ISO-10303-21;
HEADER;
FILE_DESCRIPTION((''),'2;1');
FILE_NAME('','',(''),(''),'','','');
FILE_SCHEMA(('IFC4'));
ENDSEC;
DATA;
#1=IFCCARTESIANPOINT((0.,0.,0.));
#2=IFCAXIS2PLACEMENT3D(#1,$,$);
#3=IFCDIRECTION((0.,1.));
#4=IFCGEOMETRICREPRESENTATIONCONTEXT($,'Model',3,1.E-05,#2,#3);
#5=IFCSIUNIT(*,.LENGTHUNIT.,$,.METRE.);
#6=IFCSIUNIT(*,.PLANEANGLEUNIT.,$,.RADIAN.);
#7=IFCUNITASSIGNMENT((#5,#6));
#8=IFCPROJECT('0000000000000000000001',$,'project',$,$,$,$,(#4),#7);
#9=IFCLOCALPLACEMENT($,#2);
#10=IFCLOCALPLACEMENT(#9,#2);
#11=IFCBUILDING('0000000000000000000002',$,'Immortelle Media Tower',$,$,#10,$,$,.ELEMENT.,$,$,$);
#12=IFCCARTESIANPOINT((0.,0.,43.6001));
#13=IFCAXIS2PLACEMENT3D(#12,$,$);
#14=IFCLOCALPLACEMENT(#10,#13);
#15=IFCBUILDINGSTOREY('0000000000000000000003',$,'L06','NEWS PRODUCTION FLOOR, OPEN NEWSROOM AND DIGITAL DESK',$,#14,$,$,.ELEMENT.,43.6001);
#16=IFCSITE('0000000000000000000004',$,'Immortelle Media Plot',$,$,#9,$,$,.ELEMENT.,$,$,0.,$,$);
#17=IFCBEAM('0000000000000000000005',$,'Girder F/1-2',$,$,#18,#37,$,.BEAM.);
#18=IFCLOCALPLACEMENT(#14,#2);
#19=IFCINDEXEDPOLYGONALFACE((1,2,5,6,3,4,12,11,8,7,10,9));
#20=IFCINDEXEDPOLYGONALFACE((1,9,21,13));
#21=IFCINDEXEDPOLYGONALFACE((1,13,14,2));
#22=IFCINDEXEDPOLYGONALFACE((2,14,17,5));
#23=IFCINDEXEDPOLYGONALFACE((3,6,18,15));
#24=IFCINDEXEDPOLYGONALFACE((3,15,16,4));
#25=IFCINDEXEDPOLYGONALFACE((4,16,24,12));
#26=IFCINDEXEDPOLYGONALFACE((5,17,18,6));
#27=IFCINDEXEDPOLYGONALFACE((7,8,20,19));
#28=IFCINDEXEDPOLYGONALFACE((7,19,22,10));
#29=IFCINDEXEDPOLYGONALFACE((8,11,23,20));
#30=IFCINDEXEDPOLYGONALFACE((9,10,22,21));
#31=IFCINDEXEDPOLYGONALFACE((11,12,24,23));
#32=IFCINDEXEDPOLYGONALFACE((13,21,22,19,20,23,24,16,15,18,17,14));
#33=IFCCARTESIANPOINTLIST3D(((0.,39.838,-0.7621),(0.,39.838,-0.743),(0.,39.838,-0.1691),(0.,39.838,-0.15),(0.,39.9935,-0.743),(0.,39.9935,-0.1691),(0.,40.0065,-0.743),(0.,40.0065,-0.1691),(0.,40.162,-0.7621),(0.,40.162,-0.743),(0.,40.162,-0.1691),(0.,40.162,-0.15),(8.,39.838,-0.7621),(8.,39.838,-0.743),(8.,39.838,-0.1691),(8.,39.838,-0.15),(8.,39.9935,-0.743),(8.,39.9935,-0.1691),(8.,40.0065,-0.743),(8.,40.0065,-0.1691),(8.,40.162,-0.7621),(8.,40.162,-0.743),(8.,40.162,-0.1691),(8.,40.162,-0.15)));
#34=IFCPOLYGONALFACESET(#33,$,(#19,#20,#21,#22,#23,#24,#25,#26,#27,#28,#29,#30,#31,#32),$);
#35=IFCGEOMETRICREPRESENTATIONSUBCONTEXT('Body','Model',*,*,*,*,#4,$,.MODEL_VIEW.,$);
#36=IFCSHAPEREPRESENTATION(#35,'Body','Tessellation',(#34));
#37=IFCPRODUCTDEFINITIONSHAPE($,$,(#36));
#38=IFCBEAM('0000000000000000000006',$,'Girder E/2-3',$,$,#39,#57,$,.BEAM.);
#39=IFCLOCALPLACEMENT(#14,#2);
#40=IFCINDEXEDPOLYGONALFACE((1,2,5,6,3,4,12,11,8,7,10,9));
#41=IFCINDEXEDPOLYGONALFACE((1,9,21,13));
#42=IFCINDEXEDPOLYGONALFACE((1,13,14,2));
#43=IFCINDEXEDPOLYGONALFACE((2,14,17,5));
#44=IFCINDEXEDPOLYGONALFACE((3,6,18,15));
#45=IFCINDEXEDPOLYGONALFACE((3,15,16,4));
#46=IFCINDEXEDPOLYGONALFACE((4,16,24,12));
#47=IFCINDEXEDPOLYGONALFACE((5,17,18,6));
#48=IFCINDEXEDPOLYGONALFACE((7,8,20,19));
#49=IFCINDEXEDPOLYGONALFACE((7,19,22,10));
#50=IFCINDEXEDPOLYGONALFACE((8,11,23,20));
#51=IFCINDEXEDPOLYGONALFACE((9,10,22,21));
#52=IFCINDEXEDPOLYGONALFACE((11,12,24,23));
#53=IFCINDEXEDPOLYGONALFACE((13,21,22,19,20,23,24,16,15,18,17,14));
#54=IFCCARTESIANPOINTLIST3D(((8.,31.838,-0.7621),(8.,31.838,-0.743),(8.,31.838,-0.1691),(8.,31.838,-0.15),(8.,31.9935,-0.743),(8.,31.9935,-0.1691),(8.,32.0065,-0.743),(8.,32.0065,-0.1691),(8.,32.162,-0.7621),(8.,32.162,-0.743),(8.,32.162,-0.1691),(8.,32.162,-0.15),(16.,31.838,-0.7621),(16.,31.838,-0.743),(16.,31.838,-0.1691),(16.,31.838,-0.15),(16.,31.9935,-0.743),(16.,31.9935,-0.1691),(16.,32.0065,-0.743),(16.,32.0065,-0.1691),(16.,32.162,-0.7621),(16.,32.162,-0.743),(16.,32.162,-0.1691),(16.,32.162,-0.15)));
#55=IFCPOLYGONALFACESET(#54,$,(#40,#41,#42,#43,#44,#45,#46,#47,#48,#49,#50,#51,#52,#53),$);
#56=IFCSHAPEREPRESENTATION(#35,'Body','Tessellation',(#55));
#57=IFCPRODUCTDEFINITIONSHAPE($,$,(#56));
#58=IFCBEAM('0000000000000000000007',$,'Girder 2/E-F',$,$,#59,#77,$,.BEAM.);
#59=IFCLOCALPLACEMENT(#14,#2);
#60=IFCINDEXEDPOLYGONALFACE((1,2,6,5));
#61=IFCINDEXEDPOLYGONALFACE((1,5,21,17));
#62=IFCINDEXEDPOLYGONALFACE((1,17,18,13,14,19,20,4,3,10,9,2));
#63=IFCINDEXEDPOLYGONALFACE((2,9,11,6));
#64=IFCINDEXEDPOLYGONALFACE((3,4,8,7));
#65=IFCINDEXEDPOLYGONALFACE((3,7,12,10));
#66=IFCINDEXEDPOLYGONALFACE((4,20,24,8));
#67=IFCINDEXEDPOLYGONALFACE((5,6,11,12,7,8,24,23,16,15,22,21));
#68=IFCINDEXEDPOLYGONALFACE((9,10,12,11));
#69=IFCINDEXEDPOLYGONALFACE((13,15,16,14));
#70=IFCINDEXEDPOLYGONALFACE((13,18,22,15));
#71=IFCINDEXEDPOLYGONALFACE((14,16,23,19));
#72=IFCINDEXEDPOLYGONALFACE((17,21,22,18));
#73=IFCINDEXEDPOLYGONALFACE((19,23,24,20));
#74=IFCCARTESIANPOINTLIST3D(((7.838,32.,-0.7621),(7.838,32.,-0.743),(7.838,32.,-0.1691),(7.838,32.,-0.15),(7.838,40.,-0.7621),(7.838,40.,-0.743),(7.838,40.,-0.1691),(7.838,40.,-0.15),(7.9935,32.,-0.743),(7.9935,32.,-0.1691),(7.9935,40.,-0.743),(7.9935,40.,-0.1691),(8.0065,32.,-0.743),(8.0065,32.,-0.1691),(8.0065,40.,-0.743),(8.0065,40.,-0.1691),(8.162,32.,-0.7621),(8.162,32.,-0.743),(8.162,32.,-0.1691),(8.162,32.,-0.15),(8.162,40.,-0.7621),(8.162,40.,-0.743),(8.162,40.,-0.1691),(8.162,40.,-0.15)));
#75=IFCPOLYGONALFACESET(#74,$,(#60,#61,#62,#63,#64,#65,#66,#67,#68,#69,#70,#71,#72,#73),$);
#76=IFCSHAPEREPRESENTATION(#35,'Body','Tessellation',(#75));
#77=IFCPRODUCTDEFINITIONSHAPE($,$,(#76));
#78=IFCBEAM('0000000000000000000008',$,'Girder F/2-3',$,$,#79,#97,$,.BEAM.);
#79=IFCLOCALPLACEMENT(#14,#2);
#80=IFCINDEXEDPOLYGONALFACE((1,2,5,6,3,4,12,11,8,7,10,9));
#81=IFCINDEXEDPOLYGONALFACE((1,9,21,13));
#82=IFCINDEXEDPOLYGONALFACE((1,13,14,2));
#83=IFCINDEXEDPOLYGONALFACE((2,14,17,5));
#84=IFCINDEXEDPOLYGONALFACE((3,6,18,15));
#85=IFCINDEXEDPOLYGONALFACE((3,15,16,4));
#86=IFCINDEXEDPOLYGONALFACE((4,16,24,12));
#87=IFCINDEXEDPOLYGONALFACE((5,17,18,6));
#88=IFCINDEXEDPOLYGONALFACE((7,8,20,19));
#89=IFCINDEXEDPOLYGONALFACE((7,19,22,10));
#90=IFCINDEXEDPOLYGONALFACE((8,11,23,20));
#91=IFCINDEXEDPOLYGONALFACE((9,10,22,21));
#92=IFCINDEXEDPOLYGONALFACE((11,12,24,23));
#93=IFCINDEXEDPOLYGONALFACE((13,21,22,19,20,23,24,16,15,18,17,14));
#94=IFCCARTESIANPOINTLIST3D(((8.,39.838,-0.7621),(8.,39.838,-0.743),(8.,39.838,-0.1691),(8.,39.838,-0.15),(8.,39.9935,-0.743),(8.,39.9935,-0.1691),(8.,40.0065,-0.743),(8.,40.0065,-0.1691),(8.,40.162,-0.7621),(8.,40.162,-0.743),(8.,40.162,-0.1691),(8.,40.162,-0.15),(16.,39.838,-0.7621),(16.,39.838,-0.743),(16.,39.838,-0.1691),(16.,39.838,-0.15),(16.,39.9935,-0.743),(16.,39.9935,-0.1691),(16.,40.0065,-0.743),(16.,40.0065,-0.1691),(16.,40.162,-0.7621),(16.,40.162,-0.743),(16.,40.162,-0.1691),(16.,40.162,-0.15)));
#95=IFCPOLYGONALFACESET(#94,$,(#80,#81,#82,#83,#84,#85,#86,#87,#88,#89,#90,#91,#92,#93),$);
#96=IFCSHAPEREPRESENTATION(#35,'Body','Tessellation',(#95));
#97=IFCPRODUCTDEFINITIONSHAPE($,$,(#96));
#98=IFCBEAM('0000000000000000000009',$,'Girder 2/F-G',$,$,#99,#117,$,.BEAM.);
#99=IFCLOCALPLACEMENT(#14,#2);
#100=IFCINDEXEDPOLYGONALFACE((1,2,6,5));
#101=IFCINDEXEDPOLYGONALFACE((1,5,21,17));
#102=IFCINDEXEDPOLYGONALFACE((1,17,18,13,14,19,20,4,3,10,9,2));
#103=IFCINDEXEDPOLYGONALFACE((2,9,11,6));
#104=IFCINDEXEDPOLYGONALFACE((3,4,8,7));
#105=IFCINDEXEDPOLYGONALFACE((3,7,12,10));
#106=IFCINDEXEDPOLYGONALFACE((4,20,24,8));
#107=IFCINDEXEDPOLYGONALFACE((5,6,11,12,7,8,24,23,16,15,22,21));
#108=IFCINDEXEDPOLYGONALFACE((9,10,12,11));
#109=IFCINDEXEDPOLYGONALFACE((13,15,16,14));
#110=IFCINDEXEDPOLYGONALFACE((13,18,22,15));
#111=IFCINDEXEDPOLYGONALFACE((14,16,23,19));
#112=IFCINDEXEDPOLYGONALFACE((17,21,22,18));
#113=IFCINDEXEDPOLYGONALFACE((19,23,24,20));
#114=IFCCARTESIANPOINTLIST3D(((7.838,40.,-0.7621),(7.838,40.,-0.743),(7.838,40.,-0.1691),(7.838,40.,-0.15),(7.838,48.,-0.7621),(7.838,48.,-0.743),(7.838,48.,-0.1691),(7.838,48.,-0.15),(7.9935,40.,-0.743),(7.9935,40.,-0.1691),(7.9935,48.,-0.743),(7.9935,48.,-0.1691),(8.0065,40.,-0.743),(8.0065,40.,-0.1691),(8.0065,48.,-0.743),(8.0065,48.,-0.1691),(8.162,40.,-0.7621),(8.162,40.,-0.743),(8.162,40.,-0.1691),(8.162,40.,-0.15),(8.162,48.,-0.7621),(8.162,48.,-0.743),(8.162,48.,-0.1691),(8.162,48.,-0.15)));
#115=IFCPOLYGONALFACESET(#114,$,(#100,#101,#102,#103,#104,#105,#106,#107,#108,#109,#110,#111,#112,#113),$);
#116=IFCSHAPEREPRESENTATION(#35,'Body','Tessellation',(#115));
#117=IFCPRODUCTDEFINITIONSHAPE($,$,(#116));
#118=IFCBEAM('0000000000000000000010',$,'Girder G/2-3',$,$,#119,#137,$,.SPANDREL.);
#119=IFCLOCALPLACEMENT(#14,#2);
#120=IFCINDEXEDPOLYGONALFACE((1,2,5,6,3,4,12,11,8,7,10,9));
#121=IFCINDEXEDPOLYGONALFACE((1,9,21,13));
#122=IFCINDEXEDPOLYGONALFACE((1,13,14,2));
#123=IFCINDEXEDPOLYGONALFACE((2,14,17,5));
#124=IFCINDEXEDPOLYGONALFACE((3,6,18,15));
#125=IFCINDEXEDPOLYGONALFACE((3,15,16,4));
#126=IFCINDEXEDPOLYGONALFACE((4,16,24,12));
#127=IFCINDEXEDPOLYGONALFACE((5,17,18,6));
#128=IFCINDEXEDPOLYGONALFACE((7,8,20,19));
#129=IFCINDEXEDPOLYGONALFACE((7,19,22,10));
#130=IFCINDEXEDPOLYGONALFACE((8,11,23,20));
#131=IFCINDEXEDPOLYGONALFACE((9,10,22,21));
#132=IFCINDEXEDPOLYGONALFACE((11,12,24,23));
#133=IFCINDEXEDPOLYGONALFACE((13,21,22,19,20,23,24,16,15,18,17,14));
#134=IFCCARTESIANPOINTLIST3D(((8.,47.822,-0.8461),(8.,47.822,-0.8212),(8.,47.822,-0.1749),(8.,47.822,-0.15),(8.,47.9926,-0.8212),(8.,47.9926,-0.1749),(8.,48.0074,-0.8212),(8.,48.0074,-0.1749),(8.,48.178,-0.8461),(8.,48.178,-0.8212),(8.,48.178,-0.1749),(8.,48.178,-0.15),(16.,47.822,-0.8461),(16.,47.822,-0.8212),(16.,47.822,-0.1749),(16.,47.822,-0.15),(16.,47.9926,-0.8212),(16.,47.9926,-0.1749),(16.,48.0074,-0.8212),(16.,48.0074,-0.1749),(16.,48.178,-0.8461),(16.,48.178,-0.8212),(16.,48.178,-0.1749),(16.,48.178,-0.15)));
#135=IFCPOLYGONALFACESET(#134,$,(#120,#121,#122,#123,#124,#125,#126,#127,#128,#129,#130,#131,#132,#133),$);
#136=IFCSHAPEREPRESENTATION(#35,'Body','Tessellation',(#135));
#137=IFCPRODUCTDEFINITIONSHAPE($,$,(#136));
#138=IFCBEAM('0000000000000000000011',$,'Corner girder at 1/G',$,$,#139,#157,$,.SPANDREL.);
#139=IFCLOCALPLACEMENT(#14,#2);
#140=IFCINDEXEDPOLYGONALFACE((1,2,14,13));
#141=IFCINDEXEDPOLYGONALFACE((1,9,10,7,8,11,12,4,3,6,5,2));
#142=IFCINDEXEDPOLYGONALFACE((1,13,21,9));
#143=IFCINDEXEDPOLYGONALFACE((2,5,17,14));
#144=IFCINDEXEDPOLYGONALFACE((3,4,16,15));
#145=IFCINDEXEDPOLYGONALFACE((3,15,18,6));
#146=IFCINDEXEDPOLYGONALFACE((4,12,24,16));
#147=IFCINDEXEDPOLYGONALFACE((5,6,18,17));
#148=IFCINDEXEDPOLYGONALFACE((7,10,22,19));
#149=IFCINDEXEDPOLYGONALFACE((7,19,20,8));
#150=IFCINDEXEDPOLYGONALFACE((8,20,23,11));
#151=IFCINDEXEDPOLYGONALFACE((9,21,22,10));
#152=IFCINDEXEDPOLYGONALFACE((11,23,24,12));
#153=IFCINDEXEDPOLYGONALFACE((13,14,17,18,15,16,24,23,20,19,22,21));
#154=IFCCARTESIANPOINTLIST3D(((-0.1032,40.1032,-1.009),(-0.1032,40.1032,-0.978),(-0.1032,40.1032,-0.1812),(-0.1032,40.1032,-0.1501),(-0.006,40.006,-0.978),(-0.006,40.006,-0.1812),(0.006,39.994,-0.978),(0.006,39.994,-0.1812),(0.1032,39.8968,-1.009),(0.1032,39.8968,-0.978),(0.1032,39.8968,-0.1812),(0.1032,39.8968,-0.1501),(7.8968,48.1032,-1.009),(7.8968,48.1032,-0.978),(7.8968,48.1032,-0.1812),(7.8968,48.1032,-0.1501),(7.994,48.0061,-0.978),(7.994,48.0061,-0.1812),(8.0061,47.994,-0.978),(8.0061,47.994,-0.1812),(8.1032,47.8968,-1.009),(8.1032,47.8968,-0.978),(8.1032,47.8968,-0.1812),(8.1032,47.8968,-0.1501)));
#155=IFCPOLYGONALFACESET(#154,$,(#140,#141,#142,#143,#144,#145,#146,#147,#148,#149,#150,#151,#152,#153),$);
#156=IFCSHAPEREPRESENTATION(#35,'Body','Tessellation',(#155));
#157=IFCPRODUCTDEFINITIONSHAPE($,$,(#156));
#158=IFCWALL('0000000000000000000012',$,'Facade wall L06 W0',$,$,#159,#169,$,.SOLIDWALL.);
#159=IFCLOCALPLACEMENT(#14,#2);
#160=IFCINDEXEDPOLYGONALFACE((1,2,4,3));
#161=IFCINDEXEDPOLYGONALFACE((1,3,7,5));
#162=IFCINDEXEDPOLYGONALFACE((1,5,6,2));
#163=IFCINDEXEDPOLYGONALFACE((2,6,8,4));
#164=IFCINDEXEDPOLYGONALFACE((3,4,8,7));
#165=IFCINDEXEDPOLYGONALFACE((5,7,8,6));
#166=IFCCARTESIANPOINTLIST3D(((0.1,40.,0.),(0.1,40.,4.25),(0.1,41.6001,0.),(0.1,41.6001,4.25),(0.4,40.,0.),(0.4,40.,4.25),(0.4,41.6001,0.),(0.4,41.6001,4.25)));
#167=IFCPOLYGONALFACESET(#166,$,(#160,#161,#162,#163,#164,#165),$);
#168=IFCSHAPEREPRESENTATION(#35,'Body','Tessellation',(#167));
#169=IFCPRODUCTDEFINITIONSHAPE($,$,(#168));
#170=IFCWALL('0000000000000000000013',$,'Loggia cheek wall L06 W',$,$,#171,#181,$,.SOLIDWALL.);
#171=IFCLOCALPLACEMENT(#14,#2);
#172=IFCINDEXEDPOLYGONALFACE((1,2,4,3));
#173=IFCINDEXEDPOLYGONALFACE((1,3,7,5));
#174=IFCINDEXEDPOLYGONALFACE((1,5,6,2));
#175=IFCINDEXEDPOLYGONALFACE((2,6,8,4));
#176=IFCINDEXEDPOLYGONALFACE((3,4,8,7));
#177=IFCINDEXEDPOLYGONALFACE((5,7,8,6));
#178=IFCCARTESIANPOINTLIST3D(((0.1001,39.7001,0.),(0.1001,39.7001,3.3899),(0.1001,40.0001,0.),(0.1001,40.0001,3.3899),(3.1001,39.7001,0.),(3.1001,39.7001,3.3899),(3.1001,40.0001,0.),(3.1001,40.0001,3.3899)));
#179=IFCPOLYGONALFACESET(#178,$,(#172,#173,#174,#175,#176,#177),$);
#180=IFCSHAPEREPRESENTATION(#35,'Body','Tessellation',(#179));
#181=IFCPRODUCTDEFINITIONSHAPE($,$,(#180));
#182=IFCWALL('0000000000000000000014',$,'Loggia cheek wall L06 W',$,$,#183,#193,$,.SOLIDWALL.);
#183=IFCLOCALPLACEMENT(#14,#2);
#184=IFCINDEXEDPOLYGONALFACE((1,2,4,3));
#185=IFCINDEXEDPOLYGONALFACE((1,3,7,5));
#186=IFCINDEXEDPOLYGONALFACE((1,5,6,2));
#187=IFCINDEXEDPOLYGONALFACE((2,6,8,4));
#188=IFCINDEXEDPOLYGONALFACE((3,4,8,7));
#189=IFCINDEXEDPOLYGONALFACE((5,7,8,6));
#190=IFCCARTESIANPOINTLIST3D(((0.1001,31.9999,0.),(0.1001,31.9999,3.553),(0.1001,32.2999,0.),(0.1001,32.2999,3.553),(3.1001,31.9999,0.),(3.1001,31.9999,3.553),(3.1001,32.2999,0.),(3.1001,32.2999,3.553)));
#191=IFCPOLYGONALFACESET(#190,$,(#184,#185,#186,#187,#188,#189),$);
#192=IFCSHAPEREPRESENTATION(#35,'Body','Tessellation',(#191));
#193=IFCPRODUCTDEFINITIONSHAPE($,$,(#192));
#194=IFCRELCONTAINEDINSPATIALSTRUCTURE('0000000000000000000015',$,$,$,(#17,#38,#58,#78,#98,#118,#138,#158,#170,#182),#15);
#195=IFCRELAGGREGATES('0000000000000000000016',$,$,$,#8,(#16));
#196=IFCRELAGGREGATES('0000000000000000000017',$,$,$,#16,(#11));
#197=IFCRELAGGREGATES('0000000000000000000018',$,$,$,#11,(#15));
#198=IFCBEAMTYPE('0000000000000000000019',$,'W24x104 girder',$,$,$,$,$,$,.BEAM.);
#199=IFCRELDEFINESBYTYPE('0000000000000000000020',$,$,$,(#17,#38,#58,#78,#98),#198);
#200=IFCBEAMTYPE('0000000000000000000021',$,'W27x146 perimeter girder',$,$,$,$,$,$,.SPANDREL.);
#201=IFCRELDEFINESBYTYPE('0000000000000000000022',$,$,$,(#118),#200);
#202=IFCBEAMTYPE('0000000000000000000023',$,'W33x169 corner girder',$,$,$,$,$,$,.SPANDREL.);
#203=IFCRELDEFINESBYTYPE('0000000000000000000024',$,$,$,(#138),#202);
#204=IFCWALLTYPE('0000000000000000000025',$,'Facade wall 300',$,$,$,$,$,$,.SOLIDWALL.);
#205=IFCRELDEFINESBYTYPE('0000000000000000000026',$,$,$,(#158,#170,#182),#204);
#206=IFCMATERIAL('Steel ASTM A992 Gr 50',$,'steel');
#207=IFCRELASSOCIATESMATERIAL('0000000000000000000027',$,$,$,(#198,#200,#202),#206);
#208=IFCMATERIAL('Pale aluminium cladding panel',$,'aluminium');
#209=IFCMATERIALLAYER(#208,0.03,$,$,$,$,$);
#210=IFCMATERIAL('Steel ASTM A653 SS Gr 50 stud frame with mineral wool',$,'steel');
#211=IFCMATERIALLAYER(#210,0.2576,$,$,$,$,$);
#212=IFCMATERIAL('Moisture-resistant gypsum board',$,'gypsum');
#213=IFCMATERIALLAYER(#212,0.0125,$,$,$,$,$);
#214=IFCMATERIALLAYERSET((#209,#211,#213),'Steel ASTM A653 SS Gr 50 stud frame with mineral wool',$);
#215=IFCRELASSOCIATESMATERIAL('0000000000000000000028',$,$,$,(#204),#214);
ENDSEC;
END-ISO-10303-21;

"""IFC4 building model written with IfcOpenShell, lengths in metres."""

from ifc_helpers import new_model, si_unit, direction, frame, frame_2d, origin, origin_2d, place, context, subcontext, project, spatial, rectangle, i_section, extrude, material, layer, layer_set, material_profile, profile_set, type_object, element, save


model = new_model("IFC4")

# Units and contexts
model_context = context("Model", 3, precision=1e-05, world=origin(), true_north=direction((0.0, 1.0)))
body_context = subcontext(model_context, "Body", "Model", "MODEL_VIEW")
ifc_project = project(units=[si_unit("LENGTHUNIT", "METRE"), si_unit("PLANEANGLEUNIT", "RADIAN")], contexts=[model_context])

# Site, building, storey
site_placement = place(None, origin())
site = spatial("IfcSite", under=ifc_project, at=site_placement, Name="Immortelle Media Plot", CompositionType="ELEMENT", RefElevation=0.0)
building_placement = place(site_placement, origin())
building = spatial("IfcBuilding", under=site, at=building_placement, Name="Immortelle Media Tower", CompositionType="ELEMENT")
storey_placement = place(building_placement, frame((0.0, 0.0, 43.6001)))
storey = spatial("IfcBuildingStorey", under=building, at=storey_placement, Name="L06", Description="NEWS PRODUCTION FLOOR, OPEN NEWSROOM AND DIGITAL DESK", CompositionType="ELEMENT", Elevation=43.6001)

# Shared definitions
ifc_material_1 = material(Name="Steel ASTM A992 Gr 50", Category="steel")

# Beams
ifc_material_profile_1 = material_profile(ifc_material_1, i_section(OverallWidth=0.324, OverallDepth=0.6121, WebThickness=0.0129, FlangeThickness=0.019, at=origin_2d()), Name="W24x104")
ifc_profile_set_1 = profile_set([ifc_material_profile_1], Name="Steel ASTM A992 Gr 50")
beam_type_1 = type_object("IfcBeamType", Name="W24x104 girder", PredefinedType="BEAM", material=ifc_profile_set_1)
for number, where, z_axis, x_axis, name in (
    (1, (0.0, 40.0, -0.4561), (1.0, 0.0, 0.0), (0.0, 1.0, 0.0), "Girder F/1-2"),
    (2, (8.0, 32.0, -0.4561), (1.0, 0.0, 0.0), (0.0, 1.0, 0.0), "Girder E/2-3"),
    (3, (8.0, 32.0, -0.4561), (0.0, 1.0, 0.0), (-1.0, 0.0, 0.0), "Girder 2/E-F"),
    (4, (8.0, 40.0, -0.4561), (1.0, 0.0, 0.0), (0.0, 1.0, 0.0), "Girder F/2-3"),
    (5, (8.0, 40.0, -0.4561), (0.0, 1.0, 0.0), (-1.0, 0.0, 0.0), "Girder 2/F-G"),
):
    element("IfcBeam", number, at=place(storey_placement, frame(where, z_axis=z_axis, x_axis=x_axis)), inside=storey, type_object=beam_type_1, Name=name, PredefinedType="BEAM", context=body_context, shape_type="SweptSolid", body=[
        extrude(i_section(OverallWidth=0.324, OverallDepth=0.6121, WebThickness=0.0129, FlangeThickness=0.019, at=origin_2d()), origin(), (0.0, 0.0, 1.0), 8.0),
    ])
ifc_material_profile_2 = material_profile(ifc_material_1, i_section(OverallWidth=0.356, OverallDepth=0.696, WebThickness=0.0149, FlangeThickness=0.0249, at=origin_2d()), Name="W27x146")
ifc_profile_set_2 = profile_set([ifc_material_profile_2], Name="Steel ASTM A992 Gr 50")
beam_type_2 = type_object("IfcBeamType", Name="W27x146 perimeter girder", PredefinedType="SPANDREL", material=ifc_profile_set_2)
beam_1_placement = place(storey_placement, frame((8.0, 48.0, -0.498), z_axis=(1.0, 0.0, 0.0), x_axis=(0.0, 1.0, 0.0)))
element("IfcBeam", 6, at=beam_1_placement, inside=storey, type_object=beam_type_2, Name="Girder G/2-3", PredefinedType="SPANDREL", context=body_context, shape_type="SweptSolid", body=[
    extrude(i_section(OverallWidth=0.356, OverallDepth=0.696, WebThickness=0.0149, FlangeThickness=0.0249, at=origin_2d()), origin(), (0.0, 0.0, 1.0), 8.0),
])
ifc_material_profile_3 = material_profile(ifc_material_1, i_section(OverallWidth=0.292, OverallDepth=0.8589, WebThickness=0.0171, FlangeThickness=0.031, at=origin_2d()), Name="W33x169")
ifc_profile_set_3 = profile_set([ifc_material_profile_3], Name="Steel ASTM A992 Gr 50")
beam_type_3 = type_object("IfcBeamType", Name="W33x169 corner girder", PredefinedType="SPANDREL", material=ifc_profile_set_3)
beam_2_placement = place(storey_placement, frame((0.0, 40.0, -0.5796), z_axis=(0.707107, 0.707107, 0.0), x_axis=(-0.707107, 0.707107, 0.0)))
element("IfcBeam", 7, at=beam_2_placement, inside=storey, type_object=beam_type_3, Name="Corner girder at 1/G", PredefinedType="SPANDREL", context=body_context, shape_type="SweptSolid", body=[
    extrude(i_section(OverallWidth=0.292, OverallDepth=0.8589, WebThickness=0.0171, FlangeThickness=0.031, at=origin_2d()), origin(), (0.0, 0.0, 1.0), 11.3137),
])

# Wall
ifc_material_2 = material(Name="Pale aluminium cladding panel", Category="aluminium")
ifc_layer_1 = layer(ifc_material_2, 0.03)
ifc_material_3 = material(Name="Steel ASTM A653 SS Gr 50 stud frame with mineral wool", Category="steel")
ifc_layer_2 = layer(ifc_material_3, 0.2576)
ifc_material_4 = material(Name="Moisture-resistant gypsum board", Category="gypsum")
ifc_layer_3 = layer(ifc_material_4, 0.0125)
ifc_layer_set_1 = layer_set([ifc_layer_1, ifc_layer_2, ifc_layer_3], Name="Steel ASTM A653 SS Gr 50 stud frame with mineral wool")
wall_type_1 = type_object("IfcWallType", Name="Facade wall 300", PredefinedType="SOLIDWALL", material=ifc_layer_set_1)
wall_1_placement = place(storey_placement, frame((0.25, 41.6001, 0.0), z_axis=(0.0, 0.0, 1.0), x_axis=(0.0, -1.0, 0.0)))
element("IfcWall", 8, at=wall_1_placement, inside=storey, type_object=wall_type_1, Name="Facade wall L06 W0", PredefinedType="SOLIDWALL", context=body_context, shape_type="SweptSolid", body=[
    extrude(rectangle(XDim=1.6001, YDim=0.3, at=frame_2d((0.8, 0.0))), origin(), (0.0, 0.0, 1.0), 4.25),
])

# Walls
wall_2_placement = place(storey_placement, frame((0.1001, 39.8501, 0.0), z_axis=(0.0, 0.0, 1.0), x_axis=(1.0, 0.0, 0.0)))
element("IfcWall", 9, at=wall_2_placement, inside=storey, type_object=wall_type_1, Name="Loggia cheek wall L06 W", PredefinedType="SOLIDWALL", context=body_context, shape_type="SweptSolid", body=[
    extrude(rectangle(XDim=3.0, YDim=0.3, at=frame_2d((1.5, 0.0))), origin(), (0.0, 0.0, 1.0), 3.3899),
])
wall_3_placement = place(storey_placement, frame((0.1001, 32.1499, 0.0), z_axis=(0.0, 0.0, 1.0), x_axis=(1.0, 0.0, 0.0)))
element("IfcWall", 10, at=wall_3_placement, inside=storey, type_object=wall_type_1, Name="Loggia cheek wall L06 W", PredefinedType="SOLIDWALL", context=body_context, shape_type="SweptSolid", body=[
    extrude(rectangle(XDim=3.0, YDim=0.3, at=frame_2d((1.5, 0.0))), origin(), (0.0, 0.0, 1.0), 3.553),
])

save(model, "model.ifc")
